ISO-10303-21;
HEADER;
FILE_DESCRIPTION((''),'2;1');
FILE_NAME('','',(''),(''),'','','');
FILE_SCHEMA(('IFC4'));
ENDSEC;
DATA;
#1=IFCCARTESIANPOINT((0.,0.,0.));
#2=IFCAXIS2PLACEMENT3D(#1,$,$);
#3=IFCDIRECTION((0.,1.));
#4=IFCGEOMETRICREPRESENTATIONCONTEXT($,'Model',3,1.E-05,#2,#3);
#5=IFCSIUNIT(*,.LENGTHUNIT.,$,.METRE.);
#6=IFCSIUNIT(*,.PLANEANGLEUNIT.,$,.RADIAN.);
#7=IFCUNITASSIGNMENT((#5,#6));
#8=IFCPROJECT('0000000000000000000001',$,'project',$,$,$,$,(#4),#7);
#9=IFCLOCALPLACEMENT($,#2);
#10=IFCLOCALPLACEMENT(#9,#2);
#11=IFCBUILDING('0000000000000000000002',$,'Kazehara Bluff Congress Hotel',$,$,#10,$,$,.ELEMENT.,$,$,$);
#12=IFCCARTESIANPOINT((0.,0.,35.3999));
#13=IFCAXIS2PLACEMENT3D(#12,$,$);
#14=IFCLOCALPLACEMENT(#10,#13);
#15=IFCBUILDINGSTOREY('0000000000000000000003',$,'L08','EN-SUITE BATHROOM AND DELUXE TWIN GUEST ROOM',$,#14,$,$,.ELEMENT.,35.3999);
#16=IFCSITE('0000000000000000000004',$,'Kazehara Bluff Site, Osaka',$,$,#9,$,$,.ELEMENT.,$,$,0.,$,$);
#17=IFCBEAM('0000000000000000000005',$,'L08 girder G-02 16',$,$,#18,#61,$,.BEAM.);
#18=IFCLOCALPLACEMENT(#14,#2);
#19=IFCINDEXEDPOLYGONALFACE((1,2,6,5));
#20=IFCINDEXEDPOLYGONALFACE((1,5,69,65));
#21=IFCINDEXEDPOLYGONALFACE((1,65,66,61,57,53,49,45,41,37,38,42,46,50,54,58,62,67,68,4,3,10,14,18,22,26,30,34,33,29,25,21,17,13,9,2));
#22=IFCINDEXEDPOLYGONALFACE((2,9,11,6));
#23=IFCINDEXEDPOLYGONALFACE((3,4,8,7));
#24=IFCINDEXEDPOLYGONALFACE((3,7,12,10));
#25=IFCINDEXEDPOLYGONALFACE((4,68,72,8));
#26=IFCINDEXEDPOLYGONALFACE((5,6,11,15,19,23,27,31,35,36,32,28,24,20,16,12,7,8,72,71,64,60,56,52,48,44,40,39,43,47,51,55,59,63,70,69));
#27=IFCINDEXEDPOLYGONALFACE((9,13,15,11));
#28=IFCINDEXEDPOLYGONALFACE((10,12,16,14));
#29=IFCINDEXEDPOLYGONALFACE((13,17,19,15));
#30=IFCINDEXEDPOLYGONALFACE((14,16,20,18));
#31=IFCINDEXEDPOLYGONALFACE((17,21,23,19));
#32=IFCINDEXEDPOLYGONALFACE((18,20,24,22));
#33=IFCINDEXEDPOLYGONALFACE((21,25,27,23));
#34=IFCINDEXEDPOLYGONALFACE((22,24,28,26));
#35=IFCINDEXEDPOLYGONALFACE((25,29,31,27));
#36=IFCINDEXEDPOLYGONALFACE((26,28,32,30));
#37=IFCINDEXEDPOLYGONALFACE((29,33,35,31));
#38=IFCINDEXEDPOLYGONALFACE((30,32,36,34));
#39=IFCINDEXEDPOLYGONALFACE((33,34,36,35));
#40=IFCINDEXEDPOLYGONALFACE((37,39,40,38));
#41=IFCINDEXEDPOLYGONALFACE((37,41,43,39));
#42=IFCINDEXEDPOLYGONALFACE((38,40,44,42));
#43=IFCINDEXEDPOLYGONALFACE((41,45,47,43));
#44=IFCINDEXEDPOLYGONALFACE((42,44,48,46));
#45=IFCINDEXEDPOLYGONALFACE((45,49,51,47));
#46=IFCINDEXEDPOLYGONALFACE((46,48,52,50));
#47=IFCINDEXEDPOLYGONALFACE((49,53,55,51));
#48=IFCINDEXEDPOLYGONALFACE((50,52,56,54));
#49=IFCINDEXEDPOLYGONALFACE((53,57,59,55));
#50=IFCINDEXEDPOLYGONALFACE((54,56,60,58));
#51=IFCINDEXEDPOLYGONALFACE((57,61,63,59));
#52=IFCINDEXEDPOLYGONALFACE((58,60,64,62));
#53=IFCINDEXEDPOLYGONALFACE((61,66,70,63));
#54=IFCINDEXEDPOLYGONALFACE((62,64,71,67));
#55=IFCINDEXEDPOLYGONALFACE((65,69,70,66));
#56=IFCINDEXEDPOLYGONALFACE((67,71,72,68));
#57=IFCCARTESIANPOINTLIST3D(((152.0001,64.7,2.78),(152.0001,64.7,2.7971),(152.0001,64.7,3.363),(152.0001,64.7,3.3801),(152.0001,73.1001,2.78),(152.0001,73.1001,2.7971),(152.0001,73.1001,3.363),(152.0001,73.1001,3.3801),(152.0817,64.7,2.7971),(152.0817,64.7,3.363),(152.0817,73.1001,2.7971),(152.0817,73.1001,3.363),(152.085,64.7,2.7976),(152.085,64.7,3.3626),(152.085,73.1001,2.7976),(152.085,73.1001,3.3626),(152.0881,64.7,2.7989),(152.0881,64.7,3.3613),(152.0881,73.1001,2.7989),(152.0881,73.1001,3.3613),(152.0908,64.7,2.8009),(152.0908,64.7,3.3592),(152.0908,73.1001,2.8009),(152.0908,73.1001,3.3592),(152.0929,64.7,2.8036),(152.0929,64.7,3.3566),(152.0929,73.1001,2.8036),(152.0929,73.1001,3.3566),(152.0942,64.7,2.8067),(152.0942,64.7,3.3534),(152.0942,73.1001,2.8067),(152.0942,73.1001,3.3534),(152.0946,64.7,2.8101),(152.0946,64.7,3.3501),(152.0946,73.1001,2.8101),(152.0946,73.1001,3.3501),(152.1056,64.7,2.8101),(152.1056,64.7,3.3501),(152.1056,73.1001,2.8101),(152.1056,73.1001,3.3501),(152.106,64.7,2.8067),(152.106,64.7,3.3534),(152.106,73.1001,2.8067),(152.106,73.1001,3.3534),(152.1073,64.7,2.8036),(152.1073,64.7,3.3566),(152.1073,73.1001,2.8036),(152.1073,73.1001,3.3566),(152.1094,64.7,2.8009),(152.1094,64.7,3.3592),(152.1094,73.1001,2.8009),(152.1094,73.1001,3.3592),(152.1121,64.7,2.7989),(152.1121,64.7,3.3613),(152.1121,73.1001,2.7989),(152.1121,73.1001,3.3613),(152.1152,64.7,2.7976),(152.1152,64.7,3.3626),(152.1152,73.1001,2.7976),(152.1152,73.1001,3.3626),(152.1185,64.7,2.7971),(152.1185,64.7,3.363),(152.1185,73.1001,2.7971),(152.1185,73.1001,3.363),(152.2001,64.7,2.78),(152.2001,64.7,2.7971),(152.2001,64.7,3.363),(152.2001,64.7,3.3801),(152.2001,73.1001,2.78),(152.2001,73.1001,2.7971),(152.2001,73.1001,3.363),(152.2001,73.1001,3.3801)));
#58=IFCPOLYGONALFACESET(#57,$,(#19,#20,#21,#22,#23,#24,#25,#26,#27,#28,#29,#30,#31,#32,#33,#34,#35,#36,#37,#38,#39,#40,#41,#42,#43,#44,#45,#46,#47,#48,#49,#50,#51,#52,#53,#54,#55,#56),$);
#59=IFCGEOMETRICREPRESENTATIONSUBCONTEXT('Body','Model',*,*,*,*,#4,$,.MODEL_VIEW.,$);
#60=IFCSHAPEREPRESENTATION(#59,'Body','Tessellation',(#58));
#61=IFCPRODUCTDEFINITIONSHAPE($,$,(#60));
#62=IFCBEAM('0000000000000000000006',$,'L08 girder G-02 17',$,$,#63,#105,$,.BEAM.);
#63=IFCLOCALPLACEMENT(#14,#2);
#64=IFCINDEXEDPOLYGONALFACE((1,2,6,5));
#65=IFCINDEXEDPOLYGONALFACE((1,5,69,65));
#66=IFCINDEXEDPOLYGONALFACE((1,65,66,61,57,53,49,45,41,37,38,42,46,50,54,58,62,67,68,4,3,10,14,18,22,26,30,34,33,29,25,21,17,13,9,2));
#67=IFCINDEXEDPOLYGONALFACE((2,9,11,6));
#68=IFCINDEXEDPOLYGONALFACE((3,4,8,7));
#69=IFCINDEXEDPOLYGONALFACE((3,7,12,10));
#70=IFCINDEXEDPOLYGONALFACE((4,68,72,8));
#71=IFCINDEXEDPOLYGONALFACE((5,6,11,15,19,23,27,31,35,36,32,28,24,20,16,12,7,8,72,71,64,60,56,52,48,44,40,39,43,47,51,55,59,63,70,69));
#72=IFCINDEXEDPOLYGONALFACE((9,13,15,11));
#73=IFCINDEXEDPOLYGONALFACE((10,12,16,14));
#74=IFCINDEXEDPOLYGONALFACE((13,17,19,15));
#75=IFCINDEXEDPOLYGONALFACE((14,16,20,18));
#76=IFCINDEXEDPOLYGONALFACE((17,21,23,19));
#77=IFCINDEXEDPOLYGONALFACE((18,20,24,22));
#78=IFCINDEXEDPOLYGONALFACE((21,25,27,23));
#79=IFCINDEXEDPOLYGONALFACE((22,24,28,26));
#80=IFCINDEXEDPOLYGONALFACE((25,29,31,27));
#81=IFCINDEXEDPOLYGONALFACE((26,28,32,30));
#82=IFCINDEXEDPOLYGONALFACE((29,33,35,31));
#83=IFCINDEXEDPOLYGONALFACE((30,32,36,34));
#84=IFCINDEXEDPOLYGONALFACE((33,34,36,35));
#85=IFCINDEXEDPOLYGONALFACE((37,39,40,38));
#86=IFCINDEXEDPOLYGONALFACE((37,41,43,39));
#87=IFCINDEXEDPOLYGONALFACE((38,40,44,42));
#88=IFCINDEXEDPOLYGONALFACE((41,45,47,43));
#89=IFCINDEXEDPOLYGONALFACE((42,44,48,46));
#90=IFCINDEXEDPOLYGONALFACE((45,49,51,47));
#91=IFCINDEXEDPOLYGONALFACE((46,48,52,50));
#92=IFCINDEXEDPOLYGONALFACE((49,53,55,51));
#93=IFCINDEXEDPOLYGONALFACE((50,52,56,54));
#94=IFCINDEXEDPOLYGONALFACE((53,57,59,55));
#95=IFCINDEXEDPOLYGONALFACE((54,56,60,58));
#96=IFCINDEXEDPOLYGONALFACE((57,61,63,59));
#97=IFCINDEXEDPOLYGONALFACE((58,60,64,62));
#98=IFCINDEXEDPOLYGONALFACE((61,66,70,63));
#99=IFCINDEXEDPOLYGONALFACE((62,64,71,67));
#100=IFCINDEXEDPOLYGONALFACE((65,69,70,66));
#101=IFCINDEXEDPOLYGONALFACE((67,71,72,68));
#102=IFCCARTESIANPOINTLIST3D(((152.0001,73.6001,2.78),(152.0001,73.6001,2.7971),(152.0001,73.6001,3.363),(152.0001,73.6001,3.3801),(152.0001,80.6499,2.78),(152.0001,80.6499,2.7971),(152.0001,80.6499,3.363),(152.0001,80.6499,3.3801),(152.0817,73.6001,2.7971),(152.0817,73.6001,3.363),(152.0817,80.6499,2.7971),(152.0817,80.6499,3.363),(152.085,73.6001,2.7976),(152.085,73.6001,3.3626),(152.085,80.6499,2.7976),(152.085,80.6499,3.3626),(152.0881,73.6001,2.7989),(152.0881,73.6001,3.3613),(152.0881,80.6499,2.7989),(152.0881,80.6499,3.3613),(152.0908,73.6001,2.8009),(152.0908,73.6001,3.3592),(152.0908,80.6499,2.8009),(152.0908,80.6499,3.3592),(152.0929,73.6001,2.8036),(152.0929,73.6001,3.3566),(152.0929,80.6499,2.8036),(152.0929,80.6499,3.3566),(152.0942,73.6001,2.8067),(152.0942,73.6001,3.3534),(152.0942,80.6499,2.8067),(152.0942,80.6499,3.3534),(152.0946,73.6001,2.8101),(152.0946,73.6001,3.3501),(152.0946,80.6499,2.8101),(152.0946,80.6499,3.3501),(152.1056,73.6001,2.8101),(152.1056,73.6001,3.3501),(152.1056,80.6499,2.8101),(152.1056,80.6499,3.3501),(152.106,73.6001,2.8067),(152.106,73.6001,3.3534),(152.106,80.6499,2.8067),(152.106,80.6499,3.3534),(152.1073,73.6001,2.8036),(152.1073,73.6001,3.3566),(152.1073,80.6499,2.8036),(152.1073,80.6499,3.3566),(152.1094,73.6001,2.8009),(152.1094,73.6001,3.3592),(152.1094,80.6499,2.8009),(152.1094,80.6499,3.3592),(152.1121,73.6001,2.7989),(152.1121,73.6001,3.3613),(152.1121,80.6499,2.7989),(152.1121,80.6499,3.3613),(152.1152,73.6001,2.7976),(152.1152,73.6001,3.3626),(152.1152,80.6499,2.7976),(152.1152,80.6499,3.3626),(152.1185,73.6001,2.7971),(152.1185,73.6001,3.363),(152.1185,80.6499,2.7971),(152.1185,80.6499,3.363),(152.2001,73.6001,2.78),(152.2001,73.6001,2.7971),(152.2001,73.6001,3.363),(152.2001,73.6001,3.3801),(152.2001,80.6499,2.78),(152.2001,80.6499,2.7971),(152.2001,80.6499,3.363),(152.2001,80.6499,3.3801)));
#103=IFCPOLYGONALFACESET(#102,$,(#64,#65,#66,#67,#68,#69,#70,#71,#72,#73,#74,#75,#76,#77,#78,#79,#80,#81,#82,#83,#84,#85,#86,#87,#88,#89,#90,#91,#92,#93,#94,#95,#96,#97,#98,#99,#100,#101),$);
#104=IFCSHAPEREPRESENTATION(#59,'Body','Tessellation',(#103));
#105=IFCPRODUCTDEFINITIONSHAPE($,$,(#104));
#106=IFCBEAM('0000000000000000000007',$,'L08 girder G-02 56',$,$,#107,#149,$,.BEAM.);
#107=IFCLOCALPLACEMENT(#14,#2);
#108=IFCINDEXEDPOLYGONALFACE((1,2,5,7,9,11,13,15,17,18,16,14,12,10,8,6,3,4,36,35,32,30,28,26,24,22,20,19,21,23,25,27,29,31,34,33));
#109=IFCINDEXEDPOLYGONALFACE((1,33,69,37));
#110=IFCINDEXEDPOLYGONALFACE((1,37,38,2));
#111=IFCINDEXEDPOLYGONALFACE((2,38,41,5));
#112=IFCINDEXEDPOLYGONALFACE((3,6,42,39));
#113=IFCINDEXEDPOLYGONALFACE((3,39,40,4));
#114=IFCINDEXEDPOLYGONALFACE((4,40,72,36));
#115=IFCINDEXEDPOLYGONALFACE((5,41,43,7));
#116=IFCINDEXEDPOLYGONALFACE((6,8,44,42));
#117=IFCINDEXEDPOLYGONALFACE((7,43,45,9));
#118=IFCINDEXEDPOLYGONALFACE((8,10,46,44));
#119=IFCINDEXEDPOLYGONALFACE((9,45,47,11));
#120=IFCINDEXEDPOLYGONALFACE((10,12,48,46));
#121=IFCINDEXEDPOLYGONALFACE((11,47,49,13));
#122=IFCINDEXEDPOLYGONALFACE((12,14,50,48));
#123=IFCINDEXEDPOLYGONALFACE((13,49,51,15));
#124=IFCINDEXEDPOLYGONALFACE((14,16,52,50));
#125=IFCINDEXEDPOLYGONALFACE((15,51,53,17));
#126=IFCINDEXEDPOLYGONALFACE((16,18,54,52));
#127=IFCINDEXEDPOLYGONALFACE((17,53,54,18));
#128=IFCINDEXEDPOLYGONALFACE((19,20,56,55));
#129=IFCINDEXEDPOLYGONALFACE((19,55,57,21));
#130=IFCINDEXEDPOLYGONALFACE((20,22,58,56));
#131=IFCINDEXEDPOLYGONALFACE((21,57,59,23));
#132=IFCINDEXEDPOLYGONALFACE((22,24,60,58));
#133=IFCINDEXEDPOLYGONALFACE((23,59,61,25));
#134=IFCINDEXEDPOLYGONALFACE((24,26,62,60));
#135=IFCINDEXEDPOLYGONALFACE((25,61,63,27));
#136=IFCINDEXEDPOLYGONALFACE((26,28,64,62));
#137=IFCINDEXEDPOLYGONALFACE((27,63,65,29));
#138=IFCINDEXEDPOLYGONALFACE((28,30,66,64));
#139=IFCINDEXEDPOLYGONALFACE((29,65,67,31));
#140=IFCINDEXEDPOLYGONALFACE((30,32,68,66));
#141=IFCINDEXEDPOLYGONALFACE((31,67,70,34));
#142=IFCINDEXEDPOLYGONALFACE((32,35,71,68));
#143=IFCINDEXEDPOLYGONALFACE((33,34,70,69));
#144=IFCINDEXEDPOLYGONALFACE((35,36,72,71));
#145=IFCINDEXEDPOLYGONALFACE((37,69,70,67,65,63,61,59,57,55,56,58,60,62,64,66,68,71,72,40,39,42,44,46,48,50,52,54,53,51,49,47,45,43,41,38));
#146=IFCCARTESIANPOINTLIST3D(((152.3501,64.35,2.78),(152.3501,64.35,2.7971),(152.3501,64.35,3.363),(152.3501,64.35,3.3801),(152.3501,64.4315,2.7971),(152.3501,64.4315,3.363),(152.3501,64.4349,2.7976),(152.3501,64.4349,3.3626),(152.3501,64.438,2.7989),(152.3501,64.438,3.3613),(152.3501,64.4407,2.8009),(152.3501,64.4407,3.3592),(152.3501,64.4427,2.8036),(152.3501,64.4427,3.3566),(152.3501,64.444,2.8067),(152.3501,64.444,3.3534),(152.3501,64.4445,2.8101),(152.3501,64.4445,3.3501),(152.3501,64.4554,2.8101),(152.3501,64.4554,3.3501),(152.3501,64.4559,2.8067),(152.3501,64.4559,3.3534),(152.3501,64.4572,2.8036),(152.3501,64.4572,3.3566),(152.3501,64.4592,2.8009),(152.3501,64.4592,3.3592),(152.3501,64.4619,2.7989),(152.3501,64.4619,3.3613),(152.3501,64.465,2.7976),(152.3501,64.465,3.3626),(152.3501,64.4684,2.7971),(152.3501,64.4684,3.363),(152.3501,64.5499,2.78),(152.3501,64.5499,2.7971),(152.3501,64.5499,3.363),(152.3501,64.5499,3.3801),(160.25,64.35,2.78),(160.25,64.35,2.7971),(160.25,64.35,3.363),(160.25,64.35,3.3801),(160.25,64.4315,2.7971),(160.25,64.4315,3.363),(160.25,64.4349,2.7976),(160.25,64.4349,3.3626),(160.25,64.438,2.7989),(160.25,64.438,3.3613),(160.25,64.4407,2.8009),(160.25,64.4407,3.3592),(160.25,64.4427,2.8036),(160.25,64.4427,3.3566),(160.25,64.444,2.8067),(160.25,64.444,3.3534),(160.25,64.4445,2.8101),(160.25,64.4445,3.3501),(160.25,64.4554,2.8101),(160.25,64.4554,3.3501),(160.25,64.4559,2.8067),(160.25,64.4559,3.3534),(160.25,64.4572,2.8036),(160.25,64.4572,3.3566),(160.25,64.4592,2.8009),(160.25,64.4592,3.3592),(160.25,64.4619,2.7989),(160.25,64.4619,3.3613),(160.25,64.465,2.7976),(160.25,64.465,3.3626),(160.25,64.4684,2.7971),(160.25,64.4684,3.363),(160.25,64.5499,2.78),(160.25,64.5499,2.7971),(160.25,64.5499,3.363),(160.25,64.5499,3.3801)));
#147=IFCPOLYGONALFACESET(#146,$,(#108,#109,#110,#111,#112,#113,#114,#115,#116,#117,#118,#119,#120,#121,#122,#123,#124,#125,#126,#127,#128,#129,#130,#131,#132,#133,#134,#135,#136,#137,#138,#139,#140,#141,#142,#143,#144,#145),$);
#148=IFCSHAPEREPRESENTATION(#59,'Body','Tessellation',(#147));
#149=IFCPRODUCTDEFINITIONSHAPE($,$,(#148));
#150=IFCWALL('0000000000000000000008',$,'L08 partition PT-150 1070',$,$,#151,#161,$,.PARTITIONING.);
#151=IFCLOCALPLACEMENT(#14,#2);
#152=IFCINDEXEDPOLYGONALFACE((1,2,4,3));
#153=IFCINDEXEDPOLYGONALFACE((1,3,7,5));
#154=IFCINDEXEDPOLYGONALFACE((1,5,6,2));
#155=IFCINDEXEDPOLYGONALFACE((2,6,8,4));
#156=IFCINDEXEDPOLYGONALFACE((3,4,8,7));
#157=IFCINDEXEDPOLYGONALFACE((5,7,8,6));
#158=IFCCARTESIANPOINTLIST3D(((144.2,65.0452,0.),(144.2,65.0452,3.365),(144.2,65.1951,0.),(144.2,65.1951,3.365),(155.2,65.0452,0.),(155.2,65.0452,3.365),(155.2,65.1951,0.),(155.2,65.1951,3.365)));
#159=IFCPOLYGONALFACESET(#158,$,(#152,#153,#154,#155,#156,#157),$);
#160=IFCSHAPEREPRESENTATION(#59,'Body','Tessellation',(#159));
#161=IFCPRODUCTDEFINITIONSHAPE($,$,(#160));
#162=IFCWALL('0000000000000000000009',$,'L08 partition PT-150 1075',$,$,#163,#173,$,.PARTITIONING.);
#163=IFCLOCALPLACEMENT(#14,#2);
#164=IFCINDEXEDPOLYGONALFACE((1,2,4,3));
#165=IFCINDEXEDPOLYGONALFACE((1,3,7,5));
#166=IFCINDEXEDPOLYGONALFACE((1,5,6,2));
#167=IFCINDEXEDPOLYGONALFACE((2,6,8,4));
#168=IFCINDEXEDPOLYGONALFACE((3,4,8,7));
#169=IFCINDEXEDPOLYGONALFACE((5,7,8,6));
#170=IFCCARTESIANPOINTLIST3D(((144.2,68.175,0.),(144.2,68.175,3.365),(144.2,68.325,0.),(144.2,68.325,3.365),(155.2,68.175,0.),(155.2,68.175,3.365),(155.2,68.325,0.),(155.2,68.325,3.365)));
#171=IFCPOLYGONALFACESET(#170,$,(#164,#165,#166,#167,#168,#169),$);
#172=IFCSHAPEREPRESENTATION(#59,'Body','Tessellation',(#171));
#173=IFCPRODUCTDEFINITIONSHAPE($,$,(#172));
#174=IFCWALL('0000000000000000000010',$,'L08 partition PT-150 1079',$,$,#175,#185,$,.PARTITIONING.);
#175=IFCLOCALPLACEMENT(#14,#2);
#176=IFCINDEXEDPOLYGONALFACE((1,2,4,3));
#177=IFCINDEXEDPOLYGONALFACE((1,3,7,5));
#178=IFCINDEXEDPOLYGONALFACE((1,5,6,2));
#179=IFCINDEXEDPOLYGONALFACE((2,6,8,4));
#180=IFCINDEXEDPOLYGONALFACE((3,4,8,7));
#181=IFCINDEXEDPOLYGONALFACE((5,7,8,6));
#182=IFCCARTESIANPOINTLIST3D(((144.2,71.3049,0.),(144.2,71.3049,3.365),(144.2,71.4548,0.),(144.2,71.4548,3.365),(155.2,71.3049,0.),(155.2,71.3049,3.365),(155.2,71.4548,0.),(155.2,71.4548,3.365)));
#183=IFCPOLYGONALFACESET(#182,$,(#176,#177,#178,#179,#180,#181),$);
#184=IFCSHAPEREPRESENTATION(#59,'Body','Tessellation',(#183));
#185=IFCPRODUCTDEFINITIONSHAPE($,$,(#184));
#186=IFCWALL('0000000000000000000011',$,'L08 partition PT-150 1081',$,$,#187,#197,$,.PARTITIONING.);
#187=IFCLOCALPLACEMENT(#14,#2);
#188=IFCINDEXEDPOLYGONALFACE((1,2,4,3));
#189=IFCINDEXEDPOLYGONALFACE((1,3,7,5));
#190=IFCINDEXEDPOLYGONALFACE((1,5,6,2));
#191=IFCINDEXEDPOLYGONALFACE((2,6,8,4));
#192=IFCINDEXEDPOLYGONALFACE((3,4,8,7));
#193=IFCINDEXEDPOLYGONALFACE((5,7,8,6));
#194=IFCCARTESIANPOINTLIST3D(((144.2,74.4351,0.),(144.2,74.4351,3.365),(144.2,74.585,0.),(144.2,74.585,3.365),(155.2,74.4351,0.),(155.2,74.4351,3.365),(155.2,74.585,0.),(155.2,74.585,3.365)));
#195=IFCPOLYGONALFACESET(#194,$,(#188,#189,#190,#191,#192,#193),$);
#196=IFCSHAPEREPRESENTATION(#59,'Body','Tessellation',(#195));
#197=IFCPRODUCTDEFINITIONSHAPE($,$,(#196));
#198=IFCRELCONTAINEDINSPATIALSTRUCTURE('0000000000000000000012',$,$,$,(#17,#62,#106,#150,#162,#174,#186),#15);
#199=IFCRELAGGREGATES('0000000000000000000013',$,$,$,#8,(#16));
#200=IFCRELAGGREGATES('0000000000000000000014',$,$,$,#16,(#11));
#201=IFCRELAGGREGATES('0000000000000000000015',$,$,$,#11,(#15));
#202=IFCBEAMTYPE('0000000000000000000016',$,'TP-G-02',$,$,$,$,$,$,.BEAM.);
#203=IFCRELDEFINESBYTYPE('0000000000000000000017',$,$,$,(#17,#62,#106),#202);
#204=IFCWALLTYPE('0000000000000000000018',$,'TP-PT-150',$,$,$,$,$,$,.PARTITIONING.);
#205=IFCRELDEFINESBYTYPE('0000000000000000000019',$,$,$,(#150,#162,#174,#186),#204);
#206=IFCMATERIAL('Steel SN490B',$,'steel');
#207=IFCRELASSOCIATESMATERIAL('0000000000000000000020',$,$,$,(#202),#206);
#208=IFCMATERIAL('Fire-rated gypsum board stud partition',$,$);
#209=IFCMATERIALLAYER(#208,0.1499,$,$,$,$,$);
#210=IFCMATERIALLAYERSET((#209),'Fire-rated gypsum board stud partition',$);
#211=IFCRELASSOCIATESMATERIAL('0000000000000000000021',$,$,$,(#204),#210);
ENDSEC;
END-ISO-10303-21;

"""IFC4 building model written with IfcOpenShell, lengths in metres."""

from ifc_helpers import new_model, si_unit, direction, frame, frame_2d, origin, origin_2d, place, context, subcontext, project, spatial, rectangle, i_section, extrude, material, layer, layer_set, material_profile, profile_set, type_object, element, save


model = new_model("IFC4")

# Units and contexts
model_context = context("Model", 3, precision=1e-05, world=origin(), true_north=direction((0.0, 1.0)))
body_context = subcontext(model_context, "Body", "Model", "MODEL_VIEW")
ifc_project = project(units=[si_unit("LENGTHUNIT", "METRE"), si_unit("PLANEANGLEUNIT", "RADIAN")], contexts=[model_context])

# Site, building, storey
site_placement = place(None, origin())
site = spatial("IfcSite", under=ifc_project, at=site_placement, Name="Kazehara Bluff Site, Osaka", CompositionType="ELEMENT", RefElevation=0.0)
building_placement = place(site_placement, origin())
building = spatial("IfcBuilding", under=site, at=building_placement, Name="Kazehara Bluff Congress Hotel", CompositionType="ELEMENT")
storey_placement = place(building_placement, frame((0.0, 0.0, 35.3999)))
storey = spatial("IfcBuildingStorey", under=building, at=storey_placement, Name="L08", Description="EN-SUITE BATHROOM AND DELUXE TWIN GUEST ROOM", CompositionType="ELEMENT", Elevation=35.3999)

# Beams
ifc_material_1 = material(Name="Steel SN490B", Category="steel")
ifc_material_profile_1 = material_profile(ifc_material_1, i_section(OverallWidth=0.2, OverallDepth=0.6001, WebThickness=0.011, FlangeThickness=0.0171, FilletRadius=0.0129, at=origin_2d()))
ifc_profile_set_1 = profile_set([ifc_material_profile_1], Name="Steel SN490B")
beam_type = type_object("IfcBeamType", Name="TP-G-02", PredefinedType="BEAM", material=ifc_profile_set_1)
beam_1_placement = place(storey_placement, frame((152.1001, 64.7, 3.0801), z_axis=(0.0, 1.0, 0.0), x_axis=(-1.0, 0.0, 0.0)))
element("IfcBeam", 1, at=beam_1_placement, inside=storey, type_object=beam_type, Name="L08 girder G-02 16", PredefinedType="BEAM", context=body_context, shape_type="SweptSolid", body=[
    extrude(i_section(OverallWidth=0.2, OverallDepth=0.6001, WebThickness=0.011, FlangeThickness=0.0171, FilletRadius=0.0129, at=origin_2d()), origin(), (0.0, 0.0, 1.0), 8.4001),
])
beam_2_placement = place(storey_placement, frame((152.1001, 73.6001, 3.0801), z_axis=(0.0, 1.0, 0.0), x_axis=(-1.0, 0.0, 0.0)))
element("IfcBeam", 2, at=beam_2_placement, inside=storey, type_object=beam_type, Name="L08 girder G-02 17", PredefinedType="BEAM", context=body_context, shape_type="SweptSolid", body=[
    extrude(i_section(OverallWidth=0.2, OverallDepth=0.6001, WebThickness=0.011, FlangeThickness=0.0171, FilletRadius=0.0129, at=origin_2d()), origin(), (0.0, 0.0, 1.0), 7.0498),
])
beam_3_placement = place(storey_placement, frame((152.3501, 64.45, 3.0801), z_axis=(1.0, 0.0, 0.0), x_axis=(0.0, 1.0, 0.0)))
element("IfcBeam", 3, at=beam_3_placement, inside=storey, type_object=beam_type, Name="L08 girder G-02 56", PredefinedType="BEAM", context=body_context, shape_type="SweptSolid", body=[
    extrude(i_section(OverallWidth=0.2, OverallDepth=0.6001, WebThickness=0.011, FlangeThickness=0.0171, FilletRadius=0.0129, at=origin_2d()), origin(), (0.0, 0.0, 1.0), 7.8999),
])

# Shared definitions
ifc_material_2 = material(Name="Fire-rated gypsum board stud partition")
ifc_layer_1 = layer(ifc_material_2, 0.1499)
ifc_layer_set_1 = layer_set([ifc_layer_1], Name="Fire-rated gypsum board stud partition")
wall_type_1 = type_object("IfcWallType", Name="TP-PT-150", PredefinedType="PARTITIONING", material=ifc_layer_set_1)

# Wall
wall_1_placement = place(storey_placement, frame((144.2, 65.1201, 0.0), z_axis=(0.0, 0.0, 1.0), x_axis=(1.0, 0.0, 0.0)))
element("IfcWall", 4, at=wall_1_placement, inside=storey, type_object=wall_type_1, Name="L08 partition PT-150 1070", PredefinedType="PARTITIONING", context=body_context, shape_type="SweptSolid", body=[
    extrude(rectangle(XDim=11.0, YDim=0.1499, at=frame_2d((5.5, 0.0))), origin(), (0.0, 0.0, 1.0), 3.365),
])

# Wall
wall_2_placement = place(storey_placement, frame((144.2, 68.25, 0.0), z_axis=(0.0, 0.0, 1.0), x_axis=(1.0, 0.0, 0.0)))
element("IfcWall", 5, at=wall_2_placement, inside=storey, type_object=wall_type_1, Name="L08 partition PT-150 1075", PredefinedType="PARTITIONING", context=body_context, shape_type="SweptSolid", body=[
    extrude(rectangle(XDim=11.0, YDim=0.1499, at=frame_2d((5.5, 0.0))), origin(), (0.0, 0.0, 1.0), 3.365),
])

# Wall
wall_3_placement = place(storey_placement, frame((144.2, 71.3799, 0.0), z_axis=(0.0, 0.0, 1.0), x_axis=(1.0, 0.0, 0.0)))
element("IfcWall", 6, at=wall_3_placement, inside=storey, type_object=wall_type_1, Name="L08 partition PT-150 1079", PredefinedType="PARTITIONING", context=body_context, shape_type="SweptSolid", body=[
    extrude(rectangle(XDim=11.0, YDim=0.1499, at=frame_2d((5.5, 0.0))), origin(), (0.0, 0.0, 1.0), 3.365),
])

# Wall
wall_4_placement = place(storey_placement, frame((144.2, 74.51, 0.0), z_axis=(0.0, 0.0, 1.0), x_axis=(1.0, 0.0, 0.0)))
element("IfcWall", 7, at=wall_4_placement, inside=storey, type_object=wall_type_1, Name="L08 partition PT-150 1081", PredefinedType="PARTITIONING", context=body_context, shape_type="SweptSolid", body=[
    extrude(rectangle(XDim=11.0, YDim=0.1499, at=frame_2d((5.5, 0.0))), origin(), (0.0, 0.0, 1.0), 3.365),
])

save(model, "model.ifc")
